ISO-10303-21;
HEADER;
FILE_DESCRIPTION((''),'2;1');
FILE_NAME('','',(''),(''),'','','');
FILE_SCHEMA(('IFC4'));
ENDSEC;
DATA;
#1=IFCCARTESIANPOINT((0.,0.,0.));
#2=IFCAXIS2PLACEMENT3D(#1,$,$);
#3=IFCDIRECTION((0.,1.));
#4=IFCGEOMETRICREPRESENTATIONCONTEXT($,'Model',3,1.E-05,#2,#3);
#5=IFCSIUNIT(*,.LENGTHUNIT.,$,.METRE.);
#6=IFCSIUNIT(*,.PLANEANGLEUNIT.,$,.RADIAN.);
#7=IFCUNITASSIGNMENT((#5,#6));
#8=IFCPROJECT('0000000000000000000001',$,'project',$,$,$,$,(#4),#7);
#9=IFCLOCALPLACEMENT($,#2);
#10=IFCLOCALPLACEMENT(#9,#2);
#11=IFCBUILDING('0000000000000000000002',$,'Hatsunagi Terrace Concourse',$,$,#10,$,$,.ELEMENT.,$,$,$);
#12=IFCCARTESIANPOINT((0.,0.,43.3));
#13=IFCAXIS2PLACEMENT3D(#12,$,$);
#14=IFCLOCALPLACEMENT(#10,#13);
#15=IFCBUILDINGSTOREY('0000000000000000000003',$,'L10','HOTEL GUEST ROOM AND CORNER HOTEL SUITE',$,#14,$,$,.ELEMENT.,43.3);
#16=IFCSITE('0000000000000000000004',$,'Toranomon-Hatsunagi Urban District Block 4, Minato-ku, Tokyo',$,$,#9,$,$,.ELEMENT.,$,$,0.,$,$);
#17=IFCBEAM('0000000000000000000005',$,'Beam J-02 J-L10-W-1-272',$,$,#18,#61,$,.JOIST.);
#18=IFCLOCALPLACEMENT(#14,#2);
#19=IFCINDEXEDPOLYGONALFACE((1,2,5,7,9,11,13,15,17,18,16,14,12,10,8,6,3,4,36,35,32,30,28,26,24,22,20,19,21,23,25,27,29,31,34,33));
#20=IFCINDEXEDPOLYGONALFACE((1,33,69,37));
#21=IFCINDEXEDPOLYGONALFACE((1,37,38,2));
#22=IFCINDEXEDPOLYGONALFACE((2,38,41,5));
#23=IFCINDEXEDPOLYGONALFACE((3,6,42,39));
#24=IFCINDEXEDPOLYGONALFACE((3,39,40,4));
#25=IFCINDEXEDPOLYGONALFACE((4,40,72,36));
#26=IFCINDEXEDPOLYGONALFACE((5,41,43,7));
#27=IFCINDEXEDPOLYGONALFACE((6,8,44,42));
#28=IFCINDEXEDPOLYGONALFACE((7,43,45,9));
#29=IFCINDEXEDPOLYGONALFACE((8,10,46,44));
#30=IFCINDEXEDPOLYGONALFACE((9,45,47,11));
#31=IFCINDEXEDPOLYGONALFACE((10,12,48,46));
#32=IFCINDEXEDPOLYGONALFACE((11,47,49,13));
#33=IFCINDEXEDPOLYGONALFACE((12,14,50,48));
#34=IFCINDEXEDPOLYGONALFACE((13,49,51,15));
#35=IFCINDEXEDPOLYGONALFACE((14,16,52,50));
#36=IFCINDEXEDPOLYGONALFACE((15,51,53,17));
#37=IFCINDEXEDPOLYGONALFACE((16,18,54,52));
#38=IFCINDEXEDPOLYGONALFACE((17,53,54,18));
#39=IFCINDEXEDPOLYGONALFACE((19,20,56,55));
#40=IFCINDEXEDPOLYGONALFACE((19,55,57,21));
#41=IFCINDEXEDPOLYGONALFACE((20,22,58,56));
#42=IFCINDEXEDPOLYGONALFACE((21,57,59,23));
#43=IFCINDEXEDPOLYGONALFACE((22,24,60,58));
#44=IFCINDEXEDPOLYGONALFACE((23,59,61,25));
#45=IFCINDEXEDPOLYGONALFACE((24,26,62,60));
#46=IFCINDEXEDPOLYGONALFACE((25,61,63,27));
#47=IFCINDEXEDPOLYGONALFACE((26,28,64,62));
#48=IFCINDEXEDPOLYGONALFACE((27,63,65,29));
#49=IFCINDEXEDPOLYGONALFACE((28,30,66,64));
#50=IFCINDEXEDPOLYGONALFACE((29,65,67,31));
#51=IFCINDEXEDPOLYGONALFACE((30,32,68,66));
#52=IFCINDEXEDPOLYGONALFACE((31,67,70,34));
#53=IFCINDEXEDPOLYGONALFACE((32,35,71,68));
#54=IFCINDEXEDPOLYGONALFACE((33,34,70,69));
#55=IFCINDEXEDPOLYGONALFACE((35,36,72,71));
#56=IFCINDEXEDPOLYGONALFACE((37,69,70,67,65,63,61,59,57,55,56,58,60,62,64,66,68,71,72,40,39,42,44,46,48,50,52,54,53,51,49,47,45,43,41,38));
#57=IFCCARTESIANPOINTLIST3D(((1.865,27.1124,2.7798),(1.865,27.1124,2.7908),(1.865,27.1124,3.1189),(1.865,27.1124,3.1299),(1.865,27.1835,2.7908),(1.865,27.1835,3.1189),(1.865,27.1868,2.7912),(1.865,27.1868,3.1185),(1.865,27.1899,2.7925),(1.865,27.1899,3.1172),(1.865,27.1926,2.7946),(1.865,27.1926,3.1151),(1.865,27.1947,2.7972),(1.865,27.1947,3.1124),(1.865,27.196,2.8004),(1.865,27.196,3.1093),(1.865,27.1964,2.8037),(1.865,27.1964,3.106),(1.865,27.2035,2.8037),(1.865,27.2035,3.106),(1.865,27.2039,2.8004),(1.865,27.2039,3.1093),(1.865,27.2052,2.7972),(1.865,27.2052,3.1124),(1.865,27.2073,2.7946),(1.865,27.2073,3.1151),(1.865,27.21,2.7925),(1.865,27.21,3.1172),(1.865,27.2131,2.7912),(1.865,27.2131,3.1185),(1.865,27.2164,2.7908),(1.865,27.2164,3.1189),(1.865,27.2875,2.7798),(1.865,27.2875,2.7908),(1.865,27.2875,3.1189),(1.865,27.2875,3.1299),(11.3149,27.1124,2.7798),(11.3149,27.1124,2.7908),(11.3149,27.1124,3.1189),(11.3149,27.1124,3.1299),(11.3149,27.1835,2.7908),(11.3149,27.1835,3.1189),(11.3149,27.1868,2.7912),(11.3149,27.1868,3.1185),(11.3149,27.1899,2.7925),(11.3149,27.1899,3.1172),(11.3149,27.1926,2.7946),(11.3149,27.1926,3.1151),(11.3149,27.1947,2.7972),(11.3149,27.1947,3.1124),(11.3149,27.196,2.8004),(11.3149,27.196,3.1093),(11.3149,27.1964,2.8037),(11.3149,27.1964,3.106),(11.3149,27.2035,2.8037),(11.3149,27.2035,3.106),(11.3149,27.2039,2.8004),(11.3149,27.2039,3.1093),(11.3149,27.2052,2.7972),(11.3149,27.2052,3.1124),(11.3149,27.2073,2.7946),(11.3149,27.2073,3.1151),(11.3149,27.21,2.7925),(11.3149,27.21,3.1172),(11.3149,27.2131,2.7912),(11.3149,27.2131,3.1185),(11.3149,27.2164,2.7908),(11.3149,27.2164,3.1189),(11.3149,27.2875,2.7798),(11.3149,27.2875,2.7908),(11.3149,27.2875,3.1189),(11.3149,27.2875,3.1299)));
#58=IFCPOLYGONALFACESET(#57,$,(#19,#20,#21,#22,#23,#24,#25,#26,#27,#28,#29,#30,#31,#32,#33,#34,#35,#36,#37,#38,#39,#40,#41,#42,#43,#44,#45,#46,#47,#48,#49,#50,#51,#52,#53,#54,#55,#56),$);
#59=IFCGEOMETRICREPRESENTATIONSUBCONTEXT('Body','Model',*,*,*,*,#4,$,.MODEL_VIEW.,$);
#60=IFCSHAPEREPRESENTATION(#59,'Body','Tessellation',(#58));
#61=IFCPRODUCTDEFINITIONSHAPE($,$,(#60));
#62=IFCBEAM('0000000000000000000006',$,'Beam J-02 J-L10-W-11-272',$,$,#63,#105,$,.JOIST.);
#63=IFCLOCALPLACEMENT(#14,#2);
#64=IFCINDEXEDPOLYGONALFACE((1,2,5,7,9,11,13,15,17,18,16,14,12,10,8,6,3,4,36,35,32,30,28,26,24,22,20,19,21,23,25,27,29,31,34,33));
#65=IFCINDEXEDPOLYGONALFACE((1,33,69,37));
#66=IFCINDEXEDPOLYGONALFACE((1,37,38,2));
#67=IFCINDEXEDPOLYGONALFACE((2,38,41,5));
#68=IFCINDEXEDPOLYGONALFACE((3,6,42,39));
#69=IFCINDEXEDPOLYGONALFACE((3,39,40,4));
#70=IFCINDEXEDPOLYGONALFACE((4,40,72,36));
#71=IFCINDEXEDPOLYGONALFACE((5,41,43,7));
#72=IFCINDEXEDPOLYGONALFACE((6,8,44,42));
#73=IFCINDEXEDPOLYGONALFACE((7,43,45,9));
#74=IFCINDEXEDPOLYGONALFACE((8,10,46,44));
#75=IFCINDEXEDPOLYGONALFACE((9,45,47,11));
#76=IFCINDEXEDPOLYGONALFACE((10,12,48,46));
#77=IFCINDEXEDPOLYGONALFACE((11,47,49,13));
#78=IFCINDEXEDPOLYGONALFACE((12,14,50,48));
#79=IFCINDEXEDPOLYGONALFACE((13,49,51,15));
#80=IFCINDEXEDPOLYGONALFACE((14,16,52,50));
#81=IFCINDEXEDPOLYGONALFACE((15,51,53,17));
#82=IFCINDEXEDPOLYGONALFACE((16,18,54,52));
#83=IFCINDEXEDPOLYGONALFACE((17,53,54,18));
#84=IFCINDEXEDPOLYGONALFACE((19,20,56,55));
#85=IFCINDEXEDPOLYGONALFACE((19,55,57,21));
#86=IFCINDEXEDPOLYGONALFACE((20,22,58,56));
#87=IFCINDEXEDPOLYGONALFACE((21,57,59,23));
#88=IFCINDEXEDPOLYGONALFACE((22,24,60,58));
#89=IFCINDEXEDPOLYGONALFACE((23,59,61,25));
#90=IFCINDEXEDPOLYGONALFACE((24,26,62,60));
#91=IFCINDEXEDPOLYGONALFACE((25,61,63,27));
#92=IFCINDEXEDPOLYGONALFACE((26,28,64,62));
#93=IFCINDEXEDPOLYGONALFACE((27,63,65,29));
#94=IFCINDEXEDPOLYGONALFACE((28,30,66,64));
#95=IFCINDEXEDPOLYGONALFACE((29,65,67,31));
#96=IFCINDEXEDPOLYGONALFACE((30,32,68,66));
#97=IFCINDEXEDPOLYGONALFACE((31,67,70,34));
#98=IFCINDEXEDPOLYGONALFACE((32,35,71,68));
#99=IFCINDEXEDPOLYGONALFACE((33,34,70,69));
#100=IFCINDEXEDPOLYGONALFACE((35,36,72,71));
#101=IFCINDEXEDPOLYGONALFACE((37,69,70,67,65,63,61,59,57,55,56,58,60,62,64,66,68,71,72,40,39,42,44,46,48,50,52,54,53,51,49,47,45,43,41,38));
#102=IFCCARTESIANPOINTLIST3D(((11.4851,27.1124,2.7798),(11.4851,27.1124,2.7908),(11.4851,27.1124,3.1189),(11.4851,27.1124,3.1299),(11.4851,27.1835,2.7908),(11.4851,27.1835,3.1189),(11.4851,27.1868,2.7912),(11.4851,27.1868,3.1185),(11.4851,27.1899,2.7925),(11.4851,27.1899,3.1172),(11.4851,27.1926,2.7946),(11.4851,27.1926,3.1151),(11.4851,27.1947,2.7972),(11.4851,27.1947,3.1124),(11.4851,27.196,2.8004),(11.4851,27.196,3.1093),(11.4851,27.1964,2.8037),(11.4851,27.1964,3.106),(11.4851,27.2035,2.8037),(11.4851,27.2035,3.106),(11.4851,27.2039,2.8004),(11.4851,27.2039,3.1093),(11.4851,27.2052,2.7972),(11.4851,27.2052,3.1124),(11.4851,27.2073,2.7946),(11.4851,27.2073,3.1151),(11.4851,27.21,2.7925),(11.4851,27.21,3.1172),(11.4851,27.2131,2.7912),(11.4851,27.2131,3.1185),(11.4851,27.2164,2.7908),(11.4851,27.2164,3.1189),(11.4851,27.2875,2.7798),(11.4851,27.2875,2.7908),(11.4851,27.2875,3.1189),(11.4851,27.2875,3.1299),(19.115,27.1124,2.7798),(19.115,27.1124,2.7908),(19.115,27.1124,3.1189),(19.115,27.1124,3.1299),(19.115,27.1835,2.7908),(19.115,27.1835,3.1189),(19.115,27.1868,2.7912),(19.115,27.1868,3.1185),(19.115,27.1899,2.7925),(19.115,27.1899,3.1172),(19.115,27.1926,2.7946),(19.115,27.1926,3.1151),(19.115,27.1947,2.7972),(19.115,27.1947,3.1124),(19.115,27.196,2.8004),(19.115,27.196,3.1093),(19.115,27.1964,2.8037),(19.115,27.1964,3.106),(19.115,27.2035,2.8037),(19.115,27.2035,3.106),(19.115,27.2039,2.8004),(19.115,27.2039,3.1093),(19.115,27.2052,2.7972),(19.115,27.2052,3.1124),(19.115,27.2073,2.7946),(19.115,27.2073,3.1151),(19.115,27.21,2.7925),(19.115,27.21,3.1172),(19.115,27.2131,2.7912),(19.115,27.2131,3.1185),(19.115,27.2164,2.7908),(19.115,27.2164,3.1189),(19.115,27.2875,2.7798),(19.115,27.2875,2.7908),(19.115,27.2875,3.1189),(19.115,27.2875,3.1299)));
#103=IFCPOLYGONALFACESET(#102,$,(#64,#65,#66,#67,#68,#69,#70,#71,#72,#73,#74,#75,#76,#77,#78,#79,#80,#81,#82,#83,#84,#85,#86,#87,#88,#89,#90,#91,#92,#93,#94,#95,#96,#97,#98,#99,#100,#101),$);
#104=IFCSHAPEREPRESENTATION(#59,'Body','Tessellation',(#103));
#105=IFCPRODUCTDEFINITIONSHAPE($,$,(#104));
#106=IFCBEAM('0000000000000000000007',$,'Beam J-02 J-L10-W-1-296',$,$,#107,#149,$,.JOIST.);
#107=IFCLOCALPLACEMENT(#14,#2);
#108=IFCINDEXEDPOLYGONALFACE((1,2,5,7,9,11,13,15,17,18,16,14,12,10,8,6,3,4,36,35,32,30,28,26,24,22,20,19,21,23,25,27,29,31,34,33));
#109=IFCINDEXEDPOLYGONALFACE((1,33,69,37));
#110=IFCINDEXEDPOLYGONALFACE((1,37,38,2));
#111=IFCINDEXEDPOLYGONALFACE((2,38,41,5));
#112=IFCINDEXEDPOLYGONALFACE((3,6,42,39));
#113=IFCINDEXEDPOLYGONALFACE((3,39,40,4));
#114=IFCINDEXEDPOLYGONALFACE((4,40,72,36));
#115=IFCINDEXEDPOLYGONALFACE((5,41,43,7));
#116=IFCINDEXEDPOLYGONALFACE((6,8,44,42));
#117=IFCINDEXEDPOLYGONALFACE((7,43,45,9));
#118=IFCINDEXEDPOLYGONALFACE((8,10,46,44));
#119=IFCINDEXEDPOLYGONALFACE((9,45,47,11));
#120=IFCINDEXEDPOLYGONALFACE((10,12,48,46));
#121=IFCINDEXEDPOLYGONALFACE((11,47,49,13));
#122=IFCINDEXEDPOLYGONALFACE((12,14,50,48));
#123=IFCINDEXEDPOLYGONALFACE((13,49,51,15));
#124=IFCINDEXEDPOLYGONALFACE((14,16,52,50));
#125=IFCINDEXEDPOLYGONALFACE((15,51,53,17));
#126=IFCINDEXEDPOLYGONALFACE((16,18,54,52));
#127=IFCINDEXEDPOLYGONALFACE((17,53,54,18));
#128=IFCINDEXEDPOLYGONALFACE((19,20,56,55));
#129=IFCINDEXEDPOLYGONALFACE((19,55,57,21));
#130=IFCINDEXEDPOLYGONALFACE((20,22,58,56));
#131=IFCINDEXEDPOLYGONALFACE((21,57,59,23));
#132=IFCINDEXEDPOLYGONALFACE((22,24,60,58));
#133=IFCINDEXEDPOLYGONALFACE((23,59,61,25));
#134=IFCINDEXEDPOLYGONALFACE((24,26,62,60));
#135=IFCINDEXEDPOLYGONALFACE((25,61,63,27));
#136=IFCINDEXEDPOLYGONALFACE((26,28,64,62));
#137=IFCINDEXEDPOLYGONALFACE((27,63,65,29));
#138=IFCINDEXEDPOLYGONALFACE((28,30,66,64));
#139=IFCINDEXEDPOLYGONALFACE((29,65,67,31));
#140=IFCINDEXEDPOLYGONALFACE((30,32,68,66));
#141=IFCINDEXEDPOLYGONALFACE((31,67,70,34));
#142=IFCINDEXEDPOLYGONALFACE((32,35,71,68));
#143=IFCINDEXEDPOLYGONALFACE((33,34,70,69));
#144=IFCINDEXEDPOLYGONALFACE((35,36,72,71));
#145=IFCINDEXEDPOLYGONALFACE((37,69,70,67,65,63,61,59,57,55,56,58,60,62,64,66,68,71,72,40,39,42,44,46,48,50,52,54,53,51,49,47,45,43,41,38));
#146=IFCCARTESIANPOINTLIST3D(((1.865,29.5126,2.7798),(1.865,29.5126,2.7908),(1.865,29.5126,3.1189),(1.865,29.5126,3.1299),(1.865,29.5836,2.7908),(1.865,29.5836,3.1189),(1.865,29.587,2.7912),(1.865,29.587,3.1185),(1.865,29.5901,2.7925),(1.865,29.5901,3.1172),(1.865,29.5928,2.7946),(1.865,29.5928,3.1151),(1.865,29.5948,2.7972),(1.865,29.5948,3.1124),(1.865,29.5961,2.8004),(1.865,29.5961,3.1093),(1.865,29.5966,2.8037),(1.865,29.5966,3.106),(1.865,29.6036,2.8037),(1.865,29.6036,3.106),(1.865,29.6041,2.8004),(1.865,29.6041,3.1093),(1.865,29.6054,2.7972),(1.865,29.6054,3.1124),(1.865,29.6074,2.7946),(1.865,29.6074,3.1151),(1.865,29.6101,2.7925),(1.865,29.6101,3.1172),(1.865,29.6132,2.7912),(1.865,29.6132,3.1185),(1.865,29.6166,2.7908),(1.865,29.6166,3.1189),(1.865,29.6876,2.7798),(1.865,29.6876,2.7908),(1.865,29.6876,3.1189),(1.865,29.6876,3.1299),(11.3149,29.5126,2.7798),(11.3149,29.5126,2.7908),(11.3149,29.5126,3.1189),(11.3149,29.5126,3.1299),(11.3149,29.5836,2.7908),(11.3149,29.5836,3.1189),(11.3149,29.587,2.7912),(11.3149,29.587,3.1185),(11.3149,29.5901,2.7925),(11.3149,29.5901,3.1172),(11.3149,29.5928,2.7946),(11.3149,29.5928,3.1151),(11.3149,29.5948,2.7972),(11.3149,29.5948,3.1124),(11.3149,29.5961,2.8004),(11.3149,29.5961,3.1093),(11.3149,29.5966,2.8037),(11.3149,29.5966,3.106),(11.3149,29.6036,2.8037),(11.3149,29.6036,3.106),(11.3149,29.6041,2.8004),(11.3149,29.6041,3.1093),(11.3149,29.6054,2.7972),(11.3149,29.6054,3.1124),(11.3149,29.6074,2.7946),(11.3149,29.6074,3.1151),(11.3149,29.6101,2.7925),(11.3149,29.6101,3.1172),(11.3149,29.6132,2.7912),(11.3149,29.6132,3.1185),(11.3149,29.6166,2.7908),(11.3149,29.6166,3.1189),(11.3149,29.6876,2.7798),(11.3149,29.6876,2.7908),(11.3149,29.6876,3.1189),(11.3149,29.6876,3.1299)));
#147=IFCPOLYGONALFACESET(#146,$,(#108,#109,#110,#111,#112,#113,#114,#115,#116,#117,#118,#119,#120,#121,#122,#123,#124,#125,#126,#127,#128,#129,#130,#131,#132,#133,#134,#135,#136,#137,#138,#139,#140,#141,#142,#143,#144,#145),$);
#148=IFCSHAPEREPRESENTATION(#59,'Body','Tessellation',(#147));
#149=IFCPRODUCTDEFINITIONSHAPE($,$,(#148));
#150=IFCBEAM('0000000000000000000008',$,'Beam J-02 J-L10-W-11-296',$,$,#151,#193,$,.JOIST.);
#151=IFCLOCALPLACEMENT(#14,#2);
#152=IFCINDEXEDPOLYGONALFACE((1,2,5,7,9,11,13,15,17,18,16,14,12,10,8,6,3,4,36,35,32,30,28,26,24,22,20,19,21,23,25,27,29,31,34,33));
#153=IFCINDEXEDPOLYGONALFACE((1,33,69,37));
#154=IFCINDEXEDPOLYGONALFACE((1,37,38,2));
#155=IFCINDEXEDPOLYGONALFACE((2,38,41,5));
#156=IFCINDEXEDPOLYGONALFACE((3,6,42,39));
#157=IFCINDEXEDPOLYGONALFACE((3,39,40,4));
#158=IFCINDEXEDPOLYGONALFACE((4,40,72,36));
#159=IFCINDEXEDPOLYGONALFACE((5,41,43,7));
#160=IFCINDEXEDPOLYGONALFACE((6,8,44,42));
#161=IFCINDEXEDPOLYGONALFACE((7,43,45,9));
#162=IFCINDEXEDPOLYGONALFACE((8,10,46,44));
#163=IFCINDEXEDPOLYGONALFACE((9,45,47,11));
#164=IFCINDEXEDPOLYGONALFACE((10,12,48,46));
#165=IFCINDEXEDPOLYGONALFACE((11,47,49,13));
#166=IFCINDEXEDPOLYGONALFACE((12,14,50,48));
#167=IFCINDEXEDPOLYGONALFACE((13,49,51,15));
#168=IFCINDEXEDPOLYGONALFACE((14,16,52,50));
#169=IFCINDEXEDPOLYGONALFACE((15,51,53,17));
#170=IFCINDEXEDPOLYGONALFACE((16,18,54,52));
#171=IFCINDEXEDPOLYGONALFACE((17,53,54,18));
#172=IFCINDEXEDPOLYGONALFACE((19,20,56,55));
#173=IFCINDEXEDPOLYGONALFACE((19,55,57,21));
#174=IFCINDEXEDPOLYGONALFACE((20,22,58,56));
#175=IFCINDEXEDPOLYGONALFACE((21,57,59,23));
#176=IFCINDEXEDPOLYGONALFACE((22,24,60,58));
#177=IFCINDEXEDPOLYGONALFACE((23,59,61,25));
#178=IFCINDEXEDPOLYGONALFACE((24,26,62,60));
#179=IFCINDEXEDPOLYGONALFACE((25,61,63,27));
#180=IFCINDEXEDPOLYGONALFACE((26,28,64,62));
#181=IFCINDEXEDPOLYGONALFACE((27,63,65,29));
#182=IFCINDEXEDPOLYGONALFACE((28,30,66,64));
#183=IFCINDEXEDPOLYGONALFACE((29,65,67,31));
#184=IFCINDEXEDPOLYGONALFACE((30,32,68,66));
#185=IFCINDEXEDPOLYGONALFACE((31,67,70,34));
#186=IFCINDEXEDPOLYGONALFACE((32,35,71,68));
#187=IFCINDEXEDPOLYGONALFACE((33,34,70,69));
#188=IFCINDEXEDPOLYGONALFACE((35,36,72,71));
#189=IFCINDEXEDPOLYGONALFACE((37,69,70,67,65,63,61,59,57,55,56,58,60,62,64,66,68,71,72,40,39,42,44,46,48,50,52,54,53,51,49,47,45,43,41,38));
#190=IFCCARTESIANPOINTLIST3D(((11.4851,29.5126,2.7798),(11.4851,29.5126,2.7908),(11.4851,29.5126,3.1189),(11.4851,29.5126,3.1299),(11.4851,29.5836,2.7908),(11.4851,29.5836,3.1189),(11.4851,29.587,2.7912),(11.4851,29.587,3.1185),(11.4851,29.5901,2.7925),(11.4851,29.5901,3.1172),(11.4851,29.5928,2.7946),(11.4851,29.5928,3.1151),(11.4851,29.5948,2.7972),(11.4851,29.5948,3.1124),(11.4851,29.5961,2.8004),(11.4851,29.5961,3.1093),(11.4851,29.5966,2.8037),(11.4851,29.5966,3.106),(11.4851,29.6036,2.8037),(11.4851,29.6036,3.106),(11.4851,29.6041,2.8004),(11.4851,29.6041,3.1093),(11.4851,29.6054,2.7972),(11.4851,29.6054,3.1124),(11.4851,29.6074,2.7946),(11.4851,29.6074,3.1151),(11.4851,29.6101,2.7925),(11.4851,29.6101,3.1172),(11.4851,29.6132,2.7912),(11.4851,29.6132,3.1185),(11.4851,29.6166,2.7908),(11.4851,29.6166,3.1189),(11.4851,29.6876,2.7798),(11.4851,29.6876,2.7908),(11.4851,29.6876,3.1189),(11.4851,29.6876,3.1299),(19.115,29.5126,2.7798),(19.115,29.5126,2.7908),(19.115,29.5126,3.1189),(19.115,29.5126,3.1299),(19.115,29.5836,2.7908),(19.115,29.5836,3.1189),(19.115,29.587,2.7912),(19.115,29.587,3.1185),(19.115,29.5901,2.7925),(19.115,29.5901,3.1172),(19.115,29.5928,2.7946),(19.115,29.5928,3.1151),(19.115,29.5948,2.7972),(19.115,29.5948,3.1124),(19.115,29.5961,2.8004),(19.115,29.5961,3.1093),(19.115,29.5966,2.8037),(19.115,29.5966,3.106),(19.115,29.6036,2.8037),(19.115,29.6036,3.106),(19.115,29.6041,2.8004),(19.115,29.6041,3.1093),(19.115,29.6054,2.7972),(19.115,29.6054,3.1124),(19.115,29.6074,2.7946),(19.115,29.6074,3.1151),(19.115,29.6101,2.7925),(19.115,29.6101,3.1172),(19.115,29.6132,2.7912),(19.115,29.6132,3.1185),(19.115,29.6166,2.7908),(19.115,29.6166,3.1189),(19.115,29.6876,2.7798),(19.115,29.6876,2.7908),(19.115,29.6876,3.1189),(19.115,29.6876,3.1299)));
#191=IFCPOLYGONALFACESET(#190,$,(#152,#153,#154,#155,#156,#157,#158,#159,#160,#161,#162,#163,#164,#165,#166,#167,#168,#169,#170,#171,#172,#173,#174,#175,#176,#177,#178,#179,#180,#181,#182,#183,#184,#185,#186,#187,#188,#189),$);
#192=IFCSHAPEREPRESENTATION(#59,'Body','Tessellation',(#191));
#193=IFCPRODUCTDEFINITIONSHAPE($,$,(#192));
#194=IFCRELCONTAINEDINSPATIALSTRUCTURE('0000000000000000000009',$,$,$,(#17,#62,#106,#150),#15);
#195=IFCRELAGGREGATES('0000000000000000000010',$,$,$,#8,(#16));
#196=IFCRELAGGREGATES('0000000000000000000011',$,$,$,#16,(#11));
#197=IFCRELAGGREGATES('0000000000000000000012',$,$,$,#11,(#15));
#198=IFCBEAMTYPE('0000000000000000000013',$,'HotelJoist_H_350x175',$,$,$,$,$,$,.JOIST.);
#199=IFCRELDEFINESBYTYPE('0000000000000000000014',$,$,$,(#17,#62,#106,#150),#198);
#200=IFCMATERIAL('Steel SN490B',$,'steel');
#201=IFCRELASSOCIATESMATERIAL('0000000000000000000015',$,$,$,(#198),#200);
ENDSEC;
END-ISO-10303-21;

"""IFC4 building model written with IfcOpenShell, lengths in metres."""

from ifc_helpers import new_model, si_unit, direction, frame, origin, origin_2d, place, context, subcontext, project, spatial, i_section, extrude, material, material_profile, profile_set, type_object, element, save


model = new_model("IFC4")

# Units and contexts
model_context = context("Model", 3, precision=1e-05, world=origin(), true_north=direction((0.0, 1.0)))
body_context = subcontext(model_context, "Body", "Model", "MODEL_VIEW")
ifc_project = project(units=[si_unit("LENGTHUNIT", "METRE"), si_unit("PLANEANGLEUNIT", "RADIAN")], contexts=[model_context])

# Site, building, storey
site_placement = place(None, origin())
site = spatial("IfcSite", under=ifc_project, at=site_placement, Name="Toranomon-Hatsunagi Urban District Block 4, Minato-ku, Tokyo", CompositionType="ELEMENT", RefElevation=0.0)
building_placement = place(site_placement, origin())
building = spatial("IfcBuilding", under=site, at=building_placement, Name="Hatsunagi Terrace Concourse", CompositionType="ELEMENT")
storey_placement = place(building_placement, frame((0.0, 0.0, 43.3)))
storey = spatial("IfcBuildingStorey", under=building, at=storey_placement, Name="L10", Description="HOTEL GUEST ROOM AND CORNER HOTEL SUITE", CompositionType="ELEMENT", Elevation=43.3)

# Beams
ifc_material_1 = material(Name="Steel SN490B", Category="steel")
ifc_material_profile_1 = material_profile(ifc_material_1, i_section(OverallWidth=0.175, OverallDepth=0.3501, WebThickness=0.0071, FlangeThickness=0.011, FilletRadius=0.0129, at=origin_2d()), Name="H-350x175x7x11")
ifc_profile_set_1 = profile_set([ifc_material_profile_1], Name="Steel SN490B")
beam_type_1 = type_object("IfcBeamType", Name="HotelJoist_H_350x175", PredefinedType="JOIST", material=ifc_profile_set_1)
beam_1_placement = place(storey_placement, frame((1.865, 27.2, 2.9548), z_axis=(1.0, 0.0, 0.0), x_axis=(0.0, 1.0, 0.0)))
element("IfcBeam", 1, at=beam_1_placement, inside=storey, type_object=beam_type_1, Name="Beam J-02 J-L10-W-1-272", PredefinedType="JOIST", context=body_context, shape_type="SweptSolid", body=[
    extrude(i_section(OverallWidth=0.175, OverallDepth=0.3501, WebThickness=0.0071, FlangeThickness=0.011, FilletRadius=0.0129, at=origin_2d()), origin(), (0.0, 0.0, 1.0), 9.45),
])
beam_2_placement = place(storey_placement, frame((11.4851, 27.2, 2.9548), z_axis=(1.0, 0.0, 0.0), x_axis=(0.0, 1.0, 0.0)))
element("IfcBeam", 2, at=beam_2_placement, inside=storey, type_object=beam_type_1, Name="Beam J-02 J-L10-W-11-272", PredefinedType="JOIST", context=body_context, shape_type="SweptSolid", body=[
    extrude(i_section(OverallWidth=0.175, OverallDepth=0.3501, WebThickness=0.0071, FlangeThickness=0.011, FilletRadius=0.0129, at=origin_2d()), origin(), (0.0, 0.0, 1.0), 7.6299),
])
beam_3_placement = place(storey_placement, frame((1.865, 29.6001, 2.9548), z_axis=(1.0, 0.0, 0.0), x_axis=(0.0, 1.0, 0.0)))
element("IfcBeam", 3, at=beam_3_placement, inside=storey, type_object=beam_type_1, Name="Beam J-02 J-L10-W-1-296", PredefinedType="JOIST", context=body_context, shape_type="SweptSolid", body=[
    extrude(i_section(OverallWidth=0.175, OverallDepth=0.3501, WebThickness=0.0071, FlangeThickness=0.011, FilletRadius=0.0129, at=origin_2d()), origin(), (0.0, 0.0, 1.0), 9.45),
])
beam_4_placement = place(storey_placement, frame((11.4851, 29.6001, 2.9548), z_axis=(1.0, 0.0, 0.0), x_axis=(0.0, 1.0, 0.0)))
element("IfcBeam", 4, at=beam_4_placement, inside=storey, type_object=beam_type_1, Name="Beam J-02 J-L10-W-11-296", PredefinedType="JOIST", context=body_context, shape_type="SweptSolid", body=[
    extrude(i_section(OverallWidth=0.175, OverallDepth=0.3501, WebThickness=0.0071, FlangeThickness=0.011, FilletRadius=0.0129, at=origin_2d()), origin(), (0.0, 0.0, 1.0), 7.6299),
])

save(model, "model.ifc")
